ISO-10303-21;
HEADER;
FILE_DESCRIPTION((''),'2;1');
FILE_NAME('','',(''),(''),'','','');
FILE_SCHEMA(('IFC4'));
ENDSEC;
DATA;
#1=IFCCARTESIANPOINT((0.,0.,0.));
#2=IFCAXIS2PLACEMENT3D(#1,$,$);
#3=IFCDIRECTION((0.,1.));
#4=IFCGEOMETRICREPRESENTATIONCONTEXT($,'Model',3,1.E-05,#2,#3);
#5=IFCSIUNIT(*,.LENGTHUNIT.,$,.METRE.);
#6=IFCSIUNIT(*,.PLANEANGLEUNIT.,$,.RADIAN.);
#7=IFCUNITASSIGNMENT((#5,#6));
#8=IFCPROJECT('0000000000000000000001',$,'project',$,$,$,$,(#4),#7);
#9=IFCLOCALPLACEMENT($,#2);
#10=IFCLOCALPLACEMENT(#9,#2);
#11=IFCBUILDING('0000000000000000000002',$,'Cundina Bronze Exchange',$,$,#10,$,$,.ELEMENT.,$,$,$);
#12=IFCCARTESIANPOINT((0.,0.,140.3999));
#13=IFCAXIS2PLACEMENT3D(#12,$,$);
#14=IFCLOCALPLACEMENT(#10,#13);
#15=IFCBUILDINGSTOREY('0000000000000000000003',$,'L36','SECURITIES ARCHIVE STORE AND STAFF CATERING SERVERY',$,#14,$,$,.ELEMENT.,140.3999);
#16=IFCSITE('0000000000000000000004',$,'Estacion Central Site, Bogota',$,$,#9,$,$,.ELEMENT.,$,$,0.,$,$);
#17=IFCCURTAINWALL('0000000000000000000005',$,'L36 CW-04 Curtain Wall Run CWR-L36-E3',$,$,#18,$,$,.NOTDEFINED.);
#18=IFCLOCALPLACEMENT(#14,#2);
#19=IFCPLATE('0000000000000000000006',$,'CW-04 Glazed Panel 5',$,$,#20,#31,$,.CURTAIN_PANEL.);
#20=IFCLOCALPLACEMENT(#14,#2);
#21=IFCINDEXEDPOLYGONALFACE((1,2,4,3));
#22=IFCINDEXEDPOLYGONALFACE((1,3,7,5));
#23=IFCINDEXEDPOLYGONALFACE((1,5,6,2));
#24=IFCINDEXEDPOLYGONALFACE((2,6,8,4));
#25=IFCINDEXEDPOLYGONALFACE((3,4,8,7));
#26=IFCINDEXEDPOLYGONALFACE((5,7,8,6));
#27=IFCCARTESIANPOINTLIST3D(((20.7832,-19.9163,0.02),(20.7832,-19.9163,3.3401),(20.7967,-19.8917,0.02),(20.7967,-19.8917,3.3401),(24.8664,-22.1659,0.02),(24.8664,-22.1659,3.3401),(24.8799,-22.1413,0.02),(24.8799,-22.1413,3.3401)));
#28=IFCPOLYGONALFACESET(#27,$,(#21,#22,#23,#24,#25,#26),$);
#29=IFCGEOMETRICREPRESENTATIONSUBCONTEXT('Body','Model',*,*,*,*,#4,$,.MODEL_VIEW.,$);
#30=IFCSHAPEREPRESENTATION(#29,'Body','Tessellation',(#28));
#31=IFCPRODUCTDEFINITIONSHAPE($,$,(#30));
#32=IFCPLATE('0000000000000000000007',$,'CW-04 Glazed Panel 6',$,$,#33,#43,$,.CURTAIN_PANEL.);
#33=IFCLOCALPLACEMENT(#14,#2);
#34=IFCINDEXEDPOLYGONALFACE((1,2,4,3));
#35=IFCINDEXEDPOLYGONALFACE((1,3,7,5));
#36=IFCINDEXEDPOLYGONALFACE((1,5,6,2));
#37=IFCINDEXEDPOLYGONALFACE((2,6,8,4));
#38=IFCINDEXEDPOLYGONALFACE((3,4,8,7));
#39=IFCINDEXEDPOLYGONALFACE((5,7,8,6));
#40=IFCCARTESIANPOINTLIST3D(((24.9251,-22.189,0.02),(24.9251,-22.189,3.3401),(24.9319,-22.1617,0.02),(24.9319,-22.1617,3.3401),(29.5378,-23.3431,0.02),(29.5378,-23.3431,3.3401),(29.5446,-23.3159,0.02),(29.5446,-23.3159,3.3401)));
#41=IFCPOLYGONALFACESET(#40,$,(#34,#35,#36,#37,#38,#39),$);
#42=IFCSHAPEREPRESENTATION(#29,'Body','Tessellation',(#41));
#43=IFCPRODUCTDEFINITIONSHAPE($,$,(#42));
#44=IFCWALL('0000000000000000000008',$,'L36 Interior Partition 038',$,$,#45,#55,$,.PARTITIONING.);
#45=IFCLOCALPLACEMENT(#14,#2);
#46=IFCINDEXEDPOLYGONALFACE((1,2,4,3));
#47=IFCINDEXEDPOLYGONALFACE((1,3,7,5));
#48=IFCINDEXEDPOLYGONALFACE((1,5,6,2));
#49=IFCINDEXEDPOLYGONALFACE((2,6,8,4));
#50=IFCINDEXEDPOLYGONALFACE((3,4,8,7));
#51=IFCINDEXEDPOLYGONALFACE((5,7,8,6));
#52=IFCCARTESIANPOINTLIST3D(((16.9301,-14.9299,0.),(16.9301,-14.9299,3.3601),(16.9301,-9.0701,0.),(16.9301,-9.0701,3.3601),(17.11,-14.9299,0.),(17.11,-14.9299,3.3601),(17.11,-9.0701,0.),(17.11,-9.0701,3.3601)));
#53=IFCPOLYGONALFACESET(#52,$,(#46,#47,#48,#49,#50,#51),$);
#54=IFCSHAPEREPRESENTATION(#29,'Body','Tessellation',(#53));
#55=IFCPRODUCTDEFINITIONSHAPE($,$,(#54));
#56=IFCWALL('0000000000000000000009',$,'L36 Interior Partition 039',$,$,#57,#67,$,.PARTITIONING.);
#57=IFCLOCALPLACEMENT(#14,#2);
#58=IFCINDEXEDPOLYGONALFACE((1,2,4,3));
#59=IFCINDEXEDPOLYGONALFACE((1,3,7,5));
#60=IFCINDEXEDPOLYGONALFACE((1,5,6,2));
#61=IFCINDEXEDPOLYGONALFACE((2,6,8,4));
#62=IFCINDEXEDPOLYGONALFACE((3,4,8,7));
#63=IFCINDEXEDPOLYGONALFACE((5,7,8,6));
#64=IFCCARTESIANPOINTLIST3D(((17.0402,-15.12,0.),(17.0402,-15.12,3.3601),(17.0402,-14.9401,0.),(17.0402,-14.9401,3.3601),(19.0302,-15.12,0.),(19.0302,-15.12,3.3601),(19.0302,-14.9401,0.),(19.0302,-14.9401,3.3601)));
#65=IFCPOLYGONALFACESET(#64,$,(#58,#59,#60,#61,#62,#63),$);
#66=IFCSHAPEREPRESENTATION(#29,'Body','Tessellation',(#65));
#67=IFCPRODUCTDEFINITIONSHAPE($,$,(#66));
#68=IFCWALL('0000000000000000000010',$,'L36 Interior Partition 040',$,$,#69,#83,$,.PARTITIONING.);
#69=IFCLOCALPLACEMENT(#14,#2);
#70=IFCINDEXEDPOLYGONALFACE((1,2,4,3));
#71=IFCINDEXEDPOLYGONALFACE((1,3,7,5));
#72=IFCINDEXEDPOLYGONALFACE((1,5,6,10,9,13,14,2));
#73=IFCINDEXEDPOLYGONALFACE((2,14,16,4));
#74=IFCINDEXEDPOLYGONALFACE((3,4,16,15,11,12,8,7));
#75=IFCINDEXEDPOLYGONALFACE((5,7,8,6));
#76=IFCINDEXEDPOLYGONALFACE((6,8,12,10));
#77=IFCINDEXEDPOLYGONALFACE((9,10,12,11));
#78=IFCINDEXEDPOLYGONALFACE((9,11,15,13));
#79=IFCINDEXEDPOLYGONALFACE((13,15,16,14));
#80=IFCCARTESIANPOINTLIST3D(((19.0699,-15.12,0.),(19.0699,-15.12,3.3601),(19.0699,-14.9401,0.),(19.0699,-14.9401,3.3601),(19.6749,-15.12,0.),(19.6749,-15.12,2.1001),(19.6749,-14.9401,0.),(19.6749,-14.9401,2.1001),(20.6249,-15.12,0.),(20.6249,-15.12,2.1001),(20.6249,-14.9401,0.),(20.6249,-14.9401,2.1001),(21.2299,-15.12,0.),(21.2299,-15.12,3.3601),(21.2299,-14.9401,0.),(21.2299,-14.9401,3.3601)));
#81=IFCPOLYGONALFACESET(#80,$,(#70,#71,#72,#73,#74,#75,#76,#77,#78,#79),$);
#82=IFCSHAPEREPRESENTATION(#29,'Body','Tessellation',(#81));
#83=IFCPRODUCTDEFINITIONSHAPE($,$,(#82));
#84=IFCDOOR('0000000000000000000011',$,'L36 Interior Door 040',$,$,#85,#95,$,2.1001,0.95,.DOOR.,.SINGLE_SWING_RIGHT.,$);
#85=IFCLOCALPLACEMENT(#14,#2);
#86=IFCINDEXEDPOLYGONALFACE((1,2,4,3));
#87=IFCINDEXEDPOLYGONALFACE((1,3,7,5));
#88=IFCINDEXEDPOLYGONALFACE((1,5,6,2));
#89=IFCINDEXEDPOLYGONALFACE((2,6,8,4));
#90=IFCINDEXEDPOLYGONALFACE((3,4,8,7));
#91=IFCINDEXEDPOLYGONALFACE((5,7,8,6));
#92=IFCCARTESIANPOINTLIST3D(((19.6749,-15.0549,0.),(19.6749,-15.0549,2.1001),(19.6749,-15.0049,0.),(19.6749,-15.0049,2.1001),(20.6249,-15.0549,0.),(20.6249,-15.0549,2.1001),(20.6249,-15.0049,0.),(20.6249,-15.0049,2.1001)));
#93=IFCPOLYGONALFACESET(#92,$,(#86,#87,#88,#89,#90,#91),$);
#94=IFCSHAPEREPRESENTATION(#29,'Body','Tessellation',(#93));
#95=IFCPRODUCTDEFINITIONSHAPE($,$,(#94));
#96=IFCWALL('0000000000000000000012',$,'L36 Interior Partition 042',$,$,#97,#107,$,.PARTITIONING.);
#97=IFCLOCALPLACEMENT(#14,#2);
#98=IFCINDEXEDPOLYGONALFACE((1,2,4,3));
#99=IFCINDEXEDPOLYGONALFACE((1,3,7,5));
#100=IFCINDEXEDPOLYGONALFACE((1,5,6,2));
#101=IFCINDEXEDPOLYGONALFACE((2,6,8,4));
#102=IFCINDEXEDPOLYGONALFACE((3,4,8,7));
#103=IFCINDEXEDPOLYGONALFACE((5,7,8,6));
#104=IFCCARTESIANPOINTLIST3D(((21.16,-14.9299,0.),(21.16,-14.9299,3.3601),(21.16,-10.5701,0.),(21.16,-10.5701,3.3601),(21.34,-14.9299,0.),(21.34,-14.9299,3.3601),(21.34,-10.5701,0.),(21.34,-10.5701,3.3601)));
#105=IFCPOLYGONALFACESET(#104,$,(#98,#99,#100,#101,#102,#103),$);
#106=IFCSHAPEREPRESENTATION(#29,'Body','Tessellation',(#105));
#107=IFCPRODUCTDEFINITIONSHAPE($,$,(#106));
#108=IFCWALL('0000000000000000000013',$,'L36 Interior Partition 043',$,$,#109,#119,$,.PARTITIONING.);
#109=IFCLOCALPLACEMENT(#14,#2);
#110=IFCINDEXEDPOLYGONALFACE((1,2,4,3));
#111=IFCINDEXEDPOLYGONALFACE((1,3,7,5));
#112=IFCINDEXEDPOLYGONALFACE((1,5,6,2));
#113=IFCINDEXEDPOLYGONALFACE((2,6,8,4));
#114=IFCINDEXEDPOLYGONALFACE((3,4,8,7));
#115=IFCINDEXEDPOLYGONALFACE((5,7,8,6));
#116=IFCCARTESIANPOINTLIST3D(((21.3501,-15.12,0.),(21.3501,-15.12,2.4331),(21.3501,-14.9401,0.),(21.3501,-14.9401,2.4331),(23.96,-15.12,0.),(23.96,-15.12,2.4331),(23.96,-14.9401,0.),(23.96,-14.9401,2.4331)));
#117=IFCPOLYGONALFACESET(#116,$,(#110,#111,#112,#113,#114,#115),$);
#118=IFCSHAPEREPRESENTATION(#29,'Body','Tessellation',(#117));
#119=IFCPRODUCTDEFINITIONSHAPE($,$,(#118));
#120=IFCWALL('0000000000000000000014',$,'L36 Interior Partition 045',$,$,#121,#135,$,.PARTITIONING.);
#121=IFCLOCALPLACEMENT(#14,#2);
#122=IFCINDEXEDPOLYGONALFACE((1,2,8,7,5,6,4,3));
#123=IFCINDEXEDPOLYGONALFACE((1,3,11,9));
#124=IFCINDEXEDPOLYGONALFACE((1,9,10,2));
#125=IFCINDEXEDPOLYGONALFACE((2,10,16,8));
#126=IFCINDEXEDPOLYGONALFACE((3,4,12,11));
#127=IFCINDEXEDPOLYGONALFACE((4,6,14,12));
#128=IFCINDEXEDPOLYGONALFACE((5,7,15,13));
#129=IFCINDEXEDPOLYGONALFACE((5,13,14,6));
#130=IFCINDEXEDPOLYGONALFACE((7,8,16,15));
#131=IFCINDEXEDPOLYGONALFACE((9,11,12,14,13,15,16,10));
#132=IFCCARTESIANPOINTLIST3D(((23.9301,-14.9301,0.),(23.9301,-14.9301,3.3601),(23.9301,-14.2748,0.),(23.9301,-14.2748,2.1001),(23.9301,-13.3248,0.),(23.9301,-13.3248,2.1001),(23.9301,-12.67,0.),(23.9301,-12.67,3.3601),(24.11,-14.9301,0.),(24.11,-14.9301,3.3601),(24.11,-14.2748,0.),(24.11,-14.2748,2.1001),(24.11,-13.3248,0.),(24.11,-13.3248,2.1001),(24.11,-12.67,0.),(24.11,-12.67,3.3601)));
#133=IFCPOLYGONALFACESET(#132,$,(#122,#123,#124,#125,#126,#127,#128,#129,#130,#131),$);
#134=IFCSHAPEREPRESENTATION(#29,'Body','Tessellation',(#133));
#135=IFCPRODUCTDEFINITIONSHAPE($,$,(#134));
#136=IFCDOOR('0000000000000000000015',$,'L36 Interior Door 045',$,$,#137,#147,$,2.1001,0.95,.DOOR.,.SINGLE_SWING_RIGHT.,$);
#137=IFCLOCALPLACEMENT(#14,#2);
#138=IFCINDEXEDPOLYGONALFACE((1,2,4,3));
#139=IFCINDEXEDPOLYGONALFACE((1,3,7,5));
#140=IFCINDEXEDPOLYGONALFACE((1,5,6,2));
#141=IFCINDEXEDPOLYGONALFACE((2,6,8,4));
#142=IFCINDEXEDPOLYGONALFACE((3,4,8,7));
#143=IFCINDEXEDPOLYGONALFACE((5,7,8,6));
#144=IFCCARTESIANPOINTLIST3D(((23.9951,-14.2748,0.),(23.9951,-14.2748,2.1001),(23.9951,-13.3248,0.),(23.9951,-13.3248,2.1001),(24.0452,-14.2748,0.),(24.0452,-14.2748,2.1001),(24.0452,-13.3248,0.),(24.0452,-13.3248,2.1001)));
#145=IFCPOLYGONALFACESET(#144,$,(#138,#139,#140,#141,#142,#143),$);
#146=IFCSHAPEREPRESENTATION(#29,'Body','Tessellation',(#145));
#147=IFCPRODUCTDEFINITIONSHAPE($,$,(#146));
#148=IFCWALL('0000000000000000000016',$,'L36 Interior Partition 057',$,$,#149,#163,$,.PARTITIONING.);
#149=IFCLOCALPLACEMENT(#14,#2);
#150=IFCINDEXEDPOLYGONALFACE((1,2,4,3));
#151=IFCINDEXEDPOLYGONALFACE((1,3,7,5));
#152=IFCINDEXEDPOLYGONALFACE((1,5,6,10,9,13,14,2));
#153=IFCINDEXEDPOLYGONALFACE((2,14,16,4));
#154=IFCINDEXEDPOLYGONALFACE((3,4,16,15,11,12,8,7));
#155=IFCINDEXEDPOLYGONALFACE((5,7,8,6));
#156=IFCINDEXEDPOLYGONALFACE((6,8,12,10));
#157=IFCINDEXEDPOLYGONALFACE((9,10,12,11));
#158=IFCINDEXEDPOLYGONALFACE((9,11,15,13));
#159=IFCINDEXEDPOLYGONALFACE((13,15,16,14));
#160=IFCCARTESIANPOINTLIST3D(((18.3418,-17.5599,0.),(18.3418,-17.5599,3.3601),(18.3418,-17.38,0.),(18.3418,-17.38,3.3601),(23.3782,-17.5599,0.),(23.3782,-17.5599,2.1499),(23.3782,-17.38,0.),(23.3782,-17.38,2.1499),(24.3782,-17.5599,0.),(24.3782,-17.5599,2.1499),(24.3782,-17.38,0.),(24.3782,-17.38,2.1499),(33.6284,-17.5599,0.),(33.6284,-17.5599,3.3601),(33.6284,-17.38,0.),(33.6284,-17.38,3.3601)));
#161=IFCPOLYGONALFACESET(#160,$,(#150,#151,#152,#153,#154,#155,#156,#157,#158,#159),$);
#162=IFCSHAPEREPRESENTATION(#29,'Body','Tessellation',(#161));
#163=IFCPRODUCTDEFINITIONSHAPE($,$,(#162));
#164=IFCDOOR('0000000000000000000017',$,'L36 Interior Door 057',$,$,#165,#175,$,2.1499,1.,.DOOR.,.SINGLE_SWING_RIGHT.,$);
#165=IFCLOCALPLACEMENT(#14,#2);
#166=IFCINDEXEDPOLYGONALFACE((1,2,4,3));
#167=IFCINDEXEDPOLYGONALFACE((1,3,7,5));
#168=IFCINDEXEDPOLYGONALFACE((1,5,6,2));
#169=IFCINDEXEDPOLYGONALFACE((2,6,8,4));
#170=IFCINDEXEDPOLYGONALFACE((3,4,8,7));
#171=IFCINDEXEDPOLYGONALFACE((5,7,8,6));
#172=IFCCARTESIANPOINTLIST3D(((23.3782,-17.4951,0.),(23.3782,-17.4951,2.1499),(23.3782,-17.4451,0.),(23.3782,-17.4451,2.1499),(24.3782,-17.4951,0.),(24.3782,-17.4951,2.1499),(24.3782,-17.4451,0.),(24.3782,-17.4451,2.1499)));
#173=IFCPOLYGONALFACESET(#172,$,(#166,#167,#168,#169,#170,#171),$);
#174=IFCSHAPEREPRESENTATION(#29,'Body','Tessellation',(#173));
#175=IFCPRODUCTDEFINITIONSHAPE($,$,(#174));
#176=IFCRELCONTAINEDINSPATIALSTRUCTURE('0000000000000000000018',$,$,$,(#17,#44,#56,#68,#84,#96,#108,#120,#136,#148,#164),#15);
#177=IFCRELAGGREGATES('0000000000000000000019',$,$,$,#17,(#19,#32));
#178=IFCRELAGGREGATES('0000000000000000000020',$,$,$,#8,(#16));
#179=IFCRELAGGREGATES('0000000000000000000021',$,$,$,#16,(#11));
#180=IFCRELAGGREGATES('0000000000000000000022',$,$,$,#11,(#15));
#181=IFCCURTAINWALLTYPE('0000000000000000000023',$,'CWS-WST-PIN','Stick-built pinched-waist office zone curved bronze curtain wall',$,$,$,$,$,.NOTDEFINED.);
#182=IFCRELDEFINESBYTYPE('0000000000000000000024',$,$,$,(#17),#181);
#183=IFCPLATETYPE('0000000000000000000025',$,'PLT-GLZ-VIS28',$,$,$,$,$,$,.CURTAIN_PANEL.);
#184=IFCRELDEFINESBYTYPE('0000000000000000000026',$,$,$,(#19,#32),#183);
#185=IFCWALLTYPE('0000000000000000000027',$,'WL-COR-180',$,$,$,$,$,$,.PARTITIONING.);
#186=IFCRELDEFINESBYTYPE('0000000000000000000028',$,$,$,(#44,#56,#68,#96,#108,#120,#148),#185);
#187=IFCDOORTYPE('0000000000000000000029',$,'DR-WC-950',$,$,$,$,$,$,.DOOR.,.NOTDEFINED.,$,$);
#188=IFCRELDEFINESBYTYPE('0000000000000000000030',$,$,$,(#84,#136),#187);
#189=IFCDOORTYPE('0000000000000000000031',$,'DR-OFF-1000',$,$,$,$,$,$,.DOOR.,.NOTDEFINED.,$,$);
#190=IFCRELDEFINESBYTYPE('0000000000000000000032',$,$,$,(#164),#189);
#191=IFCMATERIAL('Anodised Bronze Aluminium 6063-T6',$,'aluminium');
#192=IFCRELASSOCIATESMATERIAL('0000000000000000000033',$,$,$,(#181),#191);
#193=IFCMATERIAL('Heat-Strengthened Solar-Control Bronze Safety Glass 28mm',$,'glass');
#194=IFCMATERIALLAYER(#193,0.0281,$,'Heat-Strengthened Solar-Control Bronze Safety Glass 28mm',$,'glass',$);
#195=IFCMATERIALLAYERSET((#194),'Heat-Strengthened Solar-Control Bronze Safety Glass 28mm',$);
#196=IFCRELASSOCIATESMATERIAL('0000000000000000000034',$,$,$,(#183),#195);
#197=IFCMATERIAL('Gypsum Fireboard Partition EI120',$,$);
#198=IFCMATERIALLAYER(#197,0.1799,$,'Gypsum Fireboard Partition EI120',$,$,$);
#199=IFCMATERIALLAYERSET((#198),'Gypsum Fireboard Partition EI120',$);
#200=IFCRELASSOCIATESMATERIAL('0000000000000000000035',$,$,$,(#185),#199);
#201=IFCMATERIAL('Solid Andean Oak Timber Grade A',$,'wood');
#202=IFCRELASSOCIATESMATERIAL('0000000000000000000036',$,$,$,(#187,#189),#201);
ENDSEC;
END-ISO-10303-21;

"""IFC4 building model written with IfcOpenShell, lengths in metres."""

from ifc_helpers import new_model, si_unit, direction, frame, frame_2d, origin, origin_2d, place, context, subcontext, project, spatial, rectangle, extrude, material, layer, layer_set, type_object, element, fill, aggregate, save


model = new_model("IFC4")

# Units and contexts
model_context = context("Model", 3, precision=1e-05, world=origin(), true_north=direction((0.0, 1.0)))
body_context = subcontext(model_context, "Body", "Model", "MODEL_VIEW")
ifc_project = project(units=[si_unit("LENGTHUNIT", "METRE"), si_unit("PLANEANGLEUNIT", "RADIAN")], contexts=[model_context])

# Site, building, storey
site_placement = place(None, origin())
site = spatial("IfcSite", under=ifc_project, at=site_placement, Name="Estacion Central Site, Bogota", CompositionType="ELEMENT", RefElevation=0.0)
building_placement = place(site_placement, origin())
building = spatial("IfcBuilding", under=site, at=building_placement, Name="Cundina Bronze Exchange", CompositionType="ELEMENT")
storey_placement = place(building_placement, frame((0.0, 0.0, 140.3999)))
storey = spatial("IfcBuildingStorey", under=building, at=storey_placement, Name="L36", Description="SECURITIES ARCHIVE STORE AND STAFF CATERING SERVERY", CompositionType="ELEMENT", Elevation=140.3999)

# Curtain wall, plates
ifc_material_1 = material(Name="Anodised Bronze Aluminium 6063-T6", Category="aluminium")
curtain_wall_type = type_object("IfcCurtainWallType", Name="CWS-WST-PIN", Description="Stick-built pinched-waist office zone curved bronze curtain wall", PredefinedType="NOTDEFINED", material=ifc_material_1)
curtain_wall_placement = place(storey_placement, origin())
curtain_wall = element("IfcCurtainWall", 1, at=curtain_wall_placement, inside=storey, type_object=curtain_wall_type, Name="L36 CW-04 Curtain Wall Run CWR-L36-E3", PredefinedType="NOTDEFINED")
ifc_material_2 = material(Name="Heat-Strengthened Solar-Control Bronze Safety Glass 28mm", Category="glass")
ifc_layer_1 = layer(ifc_material_2, 0.0281, Name="Heat-Strengthened Solar-Control Bronze Safety Glass 28mm", Category="glass")
ifc_layer_set_1 = layer_set([ifc_layer_1], Name="Heat-Strengthened Solar-Control Bronze Safety Glass 28mm")
plate_type = type_object("IfcPlateType", Name="PLT-GLZ-VIS28", PredefinedType="CURTAIN_PANEL", material=ifc_layer_set_1)
plate_1_placement = place(storey_placement, frame((22.8315, -21.0288, 0.02), z_axis=(0.0, 0.0, 1.0), x_axis=(0.875869, -0.482549, 0.0)))
plate_1 = element("IfcPlate", 2, at=plate_1_placement, type_object=plate_type, Name="CW-04 Glazed Panel 5", PredefinedType="CURTAIN_PANEL", context=body_context, shape_type="SweptSolid", body=[
    extrude(rectangle(XDim=4.6619, YDim=0.0281, at=origin_2d()), origin(), (0.0, 0.0, 1.0), 3.3201),
])
plate_2_placement = place(storey_placement, frame((27.2349, -22.7524, 0.02), z_axis=(0.0, 0.0, 1.0), x_axis=(0.970093, -0.242735, 0.0)))
plate_2 = element("IfcPlate", 3, at=plate_2_placement, type_object=plate_type, Name="CW-04 Glazed Panel 6", PredefinedType="CURTAIN_PANEL", context=body_context, shape_type="SweptSolid", body=[
    extrude(rectangle(XDim=4.7549, YDim=0.0281, at=origin_2d()), origin(), (0.0, 0.0, 1.0), 3.3201),
])
aggregate(curtain_wall, [plate_1, plate_2])

# Walls
ifc_material_3 = material(Name="Gypsum Fireboard Partition EI120")
ifc_layer_2 = layer(ifc_material_3, 0.1799, Name="Gypsum Fireboard Partition EI120")
ifc_layer_set_2 = layer_set([ifc_layer_2], Name="Gypsum Fireboard Partition EI120")
wall_type_1 = type_object("IfcWallType", Name="WL-COR-180", PredefinedType="PARTITIONING", material=ifc_layer_set_2)
wall_1_placement = place(storey_placement, frame((17.02, -14.9299, 0.0), z_axis=(0.0, 0.0, 1.0), x_axis=(0.0, 1.0, 0.0)))
element("IfcWall", 4, at=wall_1_placement, inside=storey, type_object=wall_type_1, Name="L36 Interior Partition 038", PredefinedType="PARTITIONING", context=body_context, shape_type="SweptSolid", body=[
    extrude(rectangle(XDim=5.8599, YDim=0.1799, at=frame_2d((2.9299, 0.0))), origin(), (0.0, 0.0, 1.0), 3.3601),
])
wall_2_placement = place(storey_placement, frame((17.04, -15.03, 0.0), z_axis=(0.0, 0.0, 1.0), x_axis=(1.0, 0.0, 0.0)))
element("IfcWall", 5, at=wall_2_placement, inside=storey, type_object=wall_type_1, Name="L36 Interior Partition 039", PredefinedType="PARTITIONING", context=body_context, shape_type="SweptSolid", body=[
    extrude(rectangle(XDim=1.99, YDim=0.1799, at=frame_2d((0.9951, 0.0))), origin(), (0.0, 0.0, 1.0), 3.3601),
])

# Wall, opening, door
wall_3_placement = place(storey_placement, frame((21.23, -15.03, 0.0), z_axis=(0.0, 0.0, 1.0), x_axis=(-1.0, 0.0, 0.0)))
wall_3 = element("IfcWall", 6, at=wall_3_placement, inside=storey, type_object=wall_type_1, Name="L36 Interior Partition 040", PredefinedType="PARTITIONING", context=body_context, shape_type="SweptSolid", body=[
    extrude(rectangle(XDim=2.1599, YDim=0.1799, at=frame_2d((1.0801, 0.0))), origin(), (0.0, 0.0, 1.0), 3.3601),
])
opening_1_placement = place(wall_3_placement, frame((0.605, 0.0, 0.0)))
opening_1 = element("IfcOpeningElement", 7, at=opening_1_placement, cuts=wall_3, PredefinedType="OPENING", context=body_context, shape_type="SweptSolid", body=[
    extrude(rectangle(XDim=0.95, YDim=2.1001, at=frame_2d((0.4751, 1.05))), frame((0.0, 0.0999, 0.0), z_axis=(0.0, -1.0, 0.0), x_axis=(1.0, 0.0, 0.0)), (0.0, 0.0, 1.0), 0.2),
])
ifc_material_4 = material(Name="Solid Andean Oak Timber Grade A", Category="wood")
door_type_1 = type_object("IfcDoorType", Name="DR-WC-950", OperationType="NOTDEFINED", PredefinedType="DOOR", material=ifc_material_4)
door_1_placement = place(opening_1_placement, origin())
door_1 = element("IfcDoor", 8, at=door_1_placement, inside=storey, type_object=door_type_1, Name="L36 Interior Door 040", OperationType="SINGLE_SWING_RIGHT", OverallHeight=2.1001, OverallWidth=0.95, PredefinedType="DOOR", context=body_context, shape_type="SweptSolid", body=[
    extrude(rectangle(XDim=0.95, YDim=2.1001, at=frame_2d((0.4751, 1.05))), frame((0.0, 0.0249, 0.0), z_axis=(0.0, -1.0, 0.0), x_axis=(1.0, 0.0, 0.0)), (0.0, 0.0, 1.0), 0.05),
])
fill(opening_1, door_1)

# Walls
wall_4_placement = place(storey_placement, frame((21.25, -14.9299, 0.0), z_axis=(0.0, 0.0, 1.0), x_axis=(0.0, 1.0, 0.0)))
element("IfcWall", 9, at=wall_4_placement, inside=storey, type_object=wall_type_1, Name="L36 Interior Partition 042", PredefinedType="PARTITIONING", context=body_context, shape_type="SweptSolid", body=[
    extrude(rectangle(XDim=4.3599, YDim=0.1799, at=frame_2d((2.1799, 0.0))), origin(), (0.0, 0.0, 1.0), 3.3601),
])
wall_5_placement = place(storey_placement, frame((21.3501, -15.03, 0.0), z_axis=(0.0, 0.0, 1.0), x_axis=(1.0, 0.0, 0.0)))
element("IfcWall", 10, at=wall_5_placement, inside=storey, type_object=wall_type_1, Name="L36 Interior Partition 043", PredefinedType="PARTITIONING", context=body_context, shape_type="SweptSolid", body=[
    extrude(rectangle(XDim=2.6099, YDim=0.1799, at=frame_2d((1.3049, 0.0))), origin(), (0.0, 0.0, 1.0), 2.4331),
])

# Walls, openings, doors
wall_6_placement = place(storey_placement, frame((24.02, -14.9299, 0.0), z_axis=(0.0, 0.0, 1.0), x_axis=(0.0, 1.0, 0.0)))
wall_6 = element("IfcWall", 11, at=wall_6_placement, inside=storey, type_object=wall_type_1, Name="L36 Interior Partition 045", PredefinedType="PARTITIONING", context=body_context, shape_type="SweptSolid", body=[
    extrude(rectangle(XDim=2.26, YDim=0.1799, at=frame_2d((1.1299, 0.0))), origin(), (0.0, 0.0, 1.0), 3.3601),
])
opening_2_placement = place(wall_6_placement, frame((0.655, 0.0, 0.0)))
opening_2 = element("IfcOpeningElement", 12, at=opening_2_placement, cuts=wall_6, PredefinedType="OPENING", context=body_context, shape_type="SweptSolid", body=[
    extrude(rectangle(XDim=0.95, YDim=2.1001, at=frame_2d((0.4751, 1.05))), frame((0.0, 0.0999, 0.0), z_axis=(0.0, -1.0, 0.0), x_axis=(1.0, 0.0, 0.0)), (0.0, 0.0, 1.0), 0.2),
])
door_2_placement = place(opening_2_placement, origin())
door_2 = element("IfcDoor", 13, at=door_2_placement, inside=storey, type_object=door_type_1, Name="L36 Interior Door 045", OperationType="SINGLE_SWING_RIGHT", OverallHeight=2.1001, OverallWidth=0.95, PredefinedType="DOOR", context=body_context, shape_type="SweptSolid", body=[
    extrude(rectangle(XDim=0.95, YDim=2.1001, at=frame_2d((0.4751, 1.05))), frame((0.0, 0.0249, 0.0), z_axis=(0.0, -1.0, 0.0), x_axis=(1.0, 0.0, 0.0)), (0.0, 0.0, 1.0), 0.05),
])
fill(opening_2, door_2)
wall_7_placement = place(storey_placement, frame((18.3418, -17.47, 0.0), z_axis=(0.0, 0.0, 1.0), x_axis=(1.0, 0.0, 0.0)))
wall_7 = element("IfcWall", 14, at=wall_7_placement, inside=storey, type_object=wall_type_1, Name="L36 Interior Partition 057", PredefinedType="PARTITIONING", context=body_context, shape_type="SweptSolid", body=[
    extrude(rectangle(XDim=15.2866, YDim=0.1799, at=frame_2d((7.6433, 0.0))), origin(), (0.0, 0.0, 1.0), 3.3601),
])
opening_3_placement = place(wall_7_placement, frame((5.0364, 0.0, 0.0)))
opening_3 = element("IfcOpeningElement", 15, at=opening_3_placement, cuts=wall_7, PredefinedType="OPENING", context=body_context, shape_type="SweptSolid", body=[
    extrude(rectangle(XDim=1.0, YDim=2.1499, at=frame_2d((0.5, 1.075))), frame((0.0, 0.0999, 0.0), z_axis=(0.0, -1.0, 0.0), x_axis=(1.0, 0.0, 0.0)), (0.0, 0.0, 1.0), 0.2),
])
door_type_2 = type_object("IfcDoorType", Name="DR-OFF-1000", OperationType="NOTDEFINED", PredefinedType="DOOR", material=ifc_material_4)
door_3_placement = place(opening_3_placement, origin())
door_3 = element("IfcDoor", 16, at=door_3_placement, inside=storey, type_object=door_type_2, Name="L36 Interior Door 057", OperationType="SINGLE_SWING_RIGHT", OverallHeight=2.1499, OverallWidth=1.0, PredefinedType="DOOR", context=body_context, shape_type="SweptSolid", body=[
    extrude(rectangle(XDim=1.0, YDim=2.1499, at=frame_2d((0.5, 1.075))), frame((0.0, 0.0249, 0.0), z_axis=(0.0, -1.0, 0.0), x_axis=(1.0, 0.0, 0.0)), (0.0, 0.0, 1.0), 0.05),
])
fill(opening_3, door_3)

save(model, "model.ifc")
